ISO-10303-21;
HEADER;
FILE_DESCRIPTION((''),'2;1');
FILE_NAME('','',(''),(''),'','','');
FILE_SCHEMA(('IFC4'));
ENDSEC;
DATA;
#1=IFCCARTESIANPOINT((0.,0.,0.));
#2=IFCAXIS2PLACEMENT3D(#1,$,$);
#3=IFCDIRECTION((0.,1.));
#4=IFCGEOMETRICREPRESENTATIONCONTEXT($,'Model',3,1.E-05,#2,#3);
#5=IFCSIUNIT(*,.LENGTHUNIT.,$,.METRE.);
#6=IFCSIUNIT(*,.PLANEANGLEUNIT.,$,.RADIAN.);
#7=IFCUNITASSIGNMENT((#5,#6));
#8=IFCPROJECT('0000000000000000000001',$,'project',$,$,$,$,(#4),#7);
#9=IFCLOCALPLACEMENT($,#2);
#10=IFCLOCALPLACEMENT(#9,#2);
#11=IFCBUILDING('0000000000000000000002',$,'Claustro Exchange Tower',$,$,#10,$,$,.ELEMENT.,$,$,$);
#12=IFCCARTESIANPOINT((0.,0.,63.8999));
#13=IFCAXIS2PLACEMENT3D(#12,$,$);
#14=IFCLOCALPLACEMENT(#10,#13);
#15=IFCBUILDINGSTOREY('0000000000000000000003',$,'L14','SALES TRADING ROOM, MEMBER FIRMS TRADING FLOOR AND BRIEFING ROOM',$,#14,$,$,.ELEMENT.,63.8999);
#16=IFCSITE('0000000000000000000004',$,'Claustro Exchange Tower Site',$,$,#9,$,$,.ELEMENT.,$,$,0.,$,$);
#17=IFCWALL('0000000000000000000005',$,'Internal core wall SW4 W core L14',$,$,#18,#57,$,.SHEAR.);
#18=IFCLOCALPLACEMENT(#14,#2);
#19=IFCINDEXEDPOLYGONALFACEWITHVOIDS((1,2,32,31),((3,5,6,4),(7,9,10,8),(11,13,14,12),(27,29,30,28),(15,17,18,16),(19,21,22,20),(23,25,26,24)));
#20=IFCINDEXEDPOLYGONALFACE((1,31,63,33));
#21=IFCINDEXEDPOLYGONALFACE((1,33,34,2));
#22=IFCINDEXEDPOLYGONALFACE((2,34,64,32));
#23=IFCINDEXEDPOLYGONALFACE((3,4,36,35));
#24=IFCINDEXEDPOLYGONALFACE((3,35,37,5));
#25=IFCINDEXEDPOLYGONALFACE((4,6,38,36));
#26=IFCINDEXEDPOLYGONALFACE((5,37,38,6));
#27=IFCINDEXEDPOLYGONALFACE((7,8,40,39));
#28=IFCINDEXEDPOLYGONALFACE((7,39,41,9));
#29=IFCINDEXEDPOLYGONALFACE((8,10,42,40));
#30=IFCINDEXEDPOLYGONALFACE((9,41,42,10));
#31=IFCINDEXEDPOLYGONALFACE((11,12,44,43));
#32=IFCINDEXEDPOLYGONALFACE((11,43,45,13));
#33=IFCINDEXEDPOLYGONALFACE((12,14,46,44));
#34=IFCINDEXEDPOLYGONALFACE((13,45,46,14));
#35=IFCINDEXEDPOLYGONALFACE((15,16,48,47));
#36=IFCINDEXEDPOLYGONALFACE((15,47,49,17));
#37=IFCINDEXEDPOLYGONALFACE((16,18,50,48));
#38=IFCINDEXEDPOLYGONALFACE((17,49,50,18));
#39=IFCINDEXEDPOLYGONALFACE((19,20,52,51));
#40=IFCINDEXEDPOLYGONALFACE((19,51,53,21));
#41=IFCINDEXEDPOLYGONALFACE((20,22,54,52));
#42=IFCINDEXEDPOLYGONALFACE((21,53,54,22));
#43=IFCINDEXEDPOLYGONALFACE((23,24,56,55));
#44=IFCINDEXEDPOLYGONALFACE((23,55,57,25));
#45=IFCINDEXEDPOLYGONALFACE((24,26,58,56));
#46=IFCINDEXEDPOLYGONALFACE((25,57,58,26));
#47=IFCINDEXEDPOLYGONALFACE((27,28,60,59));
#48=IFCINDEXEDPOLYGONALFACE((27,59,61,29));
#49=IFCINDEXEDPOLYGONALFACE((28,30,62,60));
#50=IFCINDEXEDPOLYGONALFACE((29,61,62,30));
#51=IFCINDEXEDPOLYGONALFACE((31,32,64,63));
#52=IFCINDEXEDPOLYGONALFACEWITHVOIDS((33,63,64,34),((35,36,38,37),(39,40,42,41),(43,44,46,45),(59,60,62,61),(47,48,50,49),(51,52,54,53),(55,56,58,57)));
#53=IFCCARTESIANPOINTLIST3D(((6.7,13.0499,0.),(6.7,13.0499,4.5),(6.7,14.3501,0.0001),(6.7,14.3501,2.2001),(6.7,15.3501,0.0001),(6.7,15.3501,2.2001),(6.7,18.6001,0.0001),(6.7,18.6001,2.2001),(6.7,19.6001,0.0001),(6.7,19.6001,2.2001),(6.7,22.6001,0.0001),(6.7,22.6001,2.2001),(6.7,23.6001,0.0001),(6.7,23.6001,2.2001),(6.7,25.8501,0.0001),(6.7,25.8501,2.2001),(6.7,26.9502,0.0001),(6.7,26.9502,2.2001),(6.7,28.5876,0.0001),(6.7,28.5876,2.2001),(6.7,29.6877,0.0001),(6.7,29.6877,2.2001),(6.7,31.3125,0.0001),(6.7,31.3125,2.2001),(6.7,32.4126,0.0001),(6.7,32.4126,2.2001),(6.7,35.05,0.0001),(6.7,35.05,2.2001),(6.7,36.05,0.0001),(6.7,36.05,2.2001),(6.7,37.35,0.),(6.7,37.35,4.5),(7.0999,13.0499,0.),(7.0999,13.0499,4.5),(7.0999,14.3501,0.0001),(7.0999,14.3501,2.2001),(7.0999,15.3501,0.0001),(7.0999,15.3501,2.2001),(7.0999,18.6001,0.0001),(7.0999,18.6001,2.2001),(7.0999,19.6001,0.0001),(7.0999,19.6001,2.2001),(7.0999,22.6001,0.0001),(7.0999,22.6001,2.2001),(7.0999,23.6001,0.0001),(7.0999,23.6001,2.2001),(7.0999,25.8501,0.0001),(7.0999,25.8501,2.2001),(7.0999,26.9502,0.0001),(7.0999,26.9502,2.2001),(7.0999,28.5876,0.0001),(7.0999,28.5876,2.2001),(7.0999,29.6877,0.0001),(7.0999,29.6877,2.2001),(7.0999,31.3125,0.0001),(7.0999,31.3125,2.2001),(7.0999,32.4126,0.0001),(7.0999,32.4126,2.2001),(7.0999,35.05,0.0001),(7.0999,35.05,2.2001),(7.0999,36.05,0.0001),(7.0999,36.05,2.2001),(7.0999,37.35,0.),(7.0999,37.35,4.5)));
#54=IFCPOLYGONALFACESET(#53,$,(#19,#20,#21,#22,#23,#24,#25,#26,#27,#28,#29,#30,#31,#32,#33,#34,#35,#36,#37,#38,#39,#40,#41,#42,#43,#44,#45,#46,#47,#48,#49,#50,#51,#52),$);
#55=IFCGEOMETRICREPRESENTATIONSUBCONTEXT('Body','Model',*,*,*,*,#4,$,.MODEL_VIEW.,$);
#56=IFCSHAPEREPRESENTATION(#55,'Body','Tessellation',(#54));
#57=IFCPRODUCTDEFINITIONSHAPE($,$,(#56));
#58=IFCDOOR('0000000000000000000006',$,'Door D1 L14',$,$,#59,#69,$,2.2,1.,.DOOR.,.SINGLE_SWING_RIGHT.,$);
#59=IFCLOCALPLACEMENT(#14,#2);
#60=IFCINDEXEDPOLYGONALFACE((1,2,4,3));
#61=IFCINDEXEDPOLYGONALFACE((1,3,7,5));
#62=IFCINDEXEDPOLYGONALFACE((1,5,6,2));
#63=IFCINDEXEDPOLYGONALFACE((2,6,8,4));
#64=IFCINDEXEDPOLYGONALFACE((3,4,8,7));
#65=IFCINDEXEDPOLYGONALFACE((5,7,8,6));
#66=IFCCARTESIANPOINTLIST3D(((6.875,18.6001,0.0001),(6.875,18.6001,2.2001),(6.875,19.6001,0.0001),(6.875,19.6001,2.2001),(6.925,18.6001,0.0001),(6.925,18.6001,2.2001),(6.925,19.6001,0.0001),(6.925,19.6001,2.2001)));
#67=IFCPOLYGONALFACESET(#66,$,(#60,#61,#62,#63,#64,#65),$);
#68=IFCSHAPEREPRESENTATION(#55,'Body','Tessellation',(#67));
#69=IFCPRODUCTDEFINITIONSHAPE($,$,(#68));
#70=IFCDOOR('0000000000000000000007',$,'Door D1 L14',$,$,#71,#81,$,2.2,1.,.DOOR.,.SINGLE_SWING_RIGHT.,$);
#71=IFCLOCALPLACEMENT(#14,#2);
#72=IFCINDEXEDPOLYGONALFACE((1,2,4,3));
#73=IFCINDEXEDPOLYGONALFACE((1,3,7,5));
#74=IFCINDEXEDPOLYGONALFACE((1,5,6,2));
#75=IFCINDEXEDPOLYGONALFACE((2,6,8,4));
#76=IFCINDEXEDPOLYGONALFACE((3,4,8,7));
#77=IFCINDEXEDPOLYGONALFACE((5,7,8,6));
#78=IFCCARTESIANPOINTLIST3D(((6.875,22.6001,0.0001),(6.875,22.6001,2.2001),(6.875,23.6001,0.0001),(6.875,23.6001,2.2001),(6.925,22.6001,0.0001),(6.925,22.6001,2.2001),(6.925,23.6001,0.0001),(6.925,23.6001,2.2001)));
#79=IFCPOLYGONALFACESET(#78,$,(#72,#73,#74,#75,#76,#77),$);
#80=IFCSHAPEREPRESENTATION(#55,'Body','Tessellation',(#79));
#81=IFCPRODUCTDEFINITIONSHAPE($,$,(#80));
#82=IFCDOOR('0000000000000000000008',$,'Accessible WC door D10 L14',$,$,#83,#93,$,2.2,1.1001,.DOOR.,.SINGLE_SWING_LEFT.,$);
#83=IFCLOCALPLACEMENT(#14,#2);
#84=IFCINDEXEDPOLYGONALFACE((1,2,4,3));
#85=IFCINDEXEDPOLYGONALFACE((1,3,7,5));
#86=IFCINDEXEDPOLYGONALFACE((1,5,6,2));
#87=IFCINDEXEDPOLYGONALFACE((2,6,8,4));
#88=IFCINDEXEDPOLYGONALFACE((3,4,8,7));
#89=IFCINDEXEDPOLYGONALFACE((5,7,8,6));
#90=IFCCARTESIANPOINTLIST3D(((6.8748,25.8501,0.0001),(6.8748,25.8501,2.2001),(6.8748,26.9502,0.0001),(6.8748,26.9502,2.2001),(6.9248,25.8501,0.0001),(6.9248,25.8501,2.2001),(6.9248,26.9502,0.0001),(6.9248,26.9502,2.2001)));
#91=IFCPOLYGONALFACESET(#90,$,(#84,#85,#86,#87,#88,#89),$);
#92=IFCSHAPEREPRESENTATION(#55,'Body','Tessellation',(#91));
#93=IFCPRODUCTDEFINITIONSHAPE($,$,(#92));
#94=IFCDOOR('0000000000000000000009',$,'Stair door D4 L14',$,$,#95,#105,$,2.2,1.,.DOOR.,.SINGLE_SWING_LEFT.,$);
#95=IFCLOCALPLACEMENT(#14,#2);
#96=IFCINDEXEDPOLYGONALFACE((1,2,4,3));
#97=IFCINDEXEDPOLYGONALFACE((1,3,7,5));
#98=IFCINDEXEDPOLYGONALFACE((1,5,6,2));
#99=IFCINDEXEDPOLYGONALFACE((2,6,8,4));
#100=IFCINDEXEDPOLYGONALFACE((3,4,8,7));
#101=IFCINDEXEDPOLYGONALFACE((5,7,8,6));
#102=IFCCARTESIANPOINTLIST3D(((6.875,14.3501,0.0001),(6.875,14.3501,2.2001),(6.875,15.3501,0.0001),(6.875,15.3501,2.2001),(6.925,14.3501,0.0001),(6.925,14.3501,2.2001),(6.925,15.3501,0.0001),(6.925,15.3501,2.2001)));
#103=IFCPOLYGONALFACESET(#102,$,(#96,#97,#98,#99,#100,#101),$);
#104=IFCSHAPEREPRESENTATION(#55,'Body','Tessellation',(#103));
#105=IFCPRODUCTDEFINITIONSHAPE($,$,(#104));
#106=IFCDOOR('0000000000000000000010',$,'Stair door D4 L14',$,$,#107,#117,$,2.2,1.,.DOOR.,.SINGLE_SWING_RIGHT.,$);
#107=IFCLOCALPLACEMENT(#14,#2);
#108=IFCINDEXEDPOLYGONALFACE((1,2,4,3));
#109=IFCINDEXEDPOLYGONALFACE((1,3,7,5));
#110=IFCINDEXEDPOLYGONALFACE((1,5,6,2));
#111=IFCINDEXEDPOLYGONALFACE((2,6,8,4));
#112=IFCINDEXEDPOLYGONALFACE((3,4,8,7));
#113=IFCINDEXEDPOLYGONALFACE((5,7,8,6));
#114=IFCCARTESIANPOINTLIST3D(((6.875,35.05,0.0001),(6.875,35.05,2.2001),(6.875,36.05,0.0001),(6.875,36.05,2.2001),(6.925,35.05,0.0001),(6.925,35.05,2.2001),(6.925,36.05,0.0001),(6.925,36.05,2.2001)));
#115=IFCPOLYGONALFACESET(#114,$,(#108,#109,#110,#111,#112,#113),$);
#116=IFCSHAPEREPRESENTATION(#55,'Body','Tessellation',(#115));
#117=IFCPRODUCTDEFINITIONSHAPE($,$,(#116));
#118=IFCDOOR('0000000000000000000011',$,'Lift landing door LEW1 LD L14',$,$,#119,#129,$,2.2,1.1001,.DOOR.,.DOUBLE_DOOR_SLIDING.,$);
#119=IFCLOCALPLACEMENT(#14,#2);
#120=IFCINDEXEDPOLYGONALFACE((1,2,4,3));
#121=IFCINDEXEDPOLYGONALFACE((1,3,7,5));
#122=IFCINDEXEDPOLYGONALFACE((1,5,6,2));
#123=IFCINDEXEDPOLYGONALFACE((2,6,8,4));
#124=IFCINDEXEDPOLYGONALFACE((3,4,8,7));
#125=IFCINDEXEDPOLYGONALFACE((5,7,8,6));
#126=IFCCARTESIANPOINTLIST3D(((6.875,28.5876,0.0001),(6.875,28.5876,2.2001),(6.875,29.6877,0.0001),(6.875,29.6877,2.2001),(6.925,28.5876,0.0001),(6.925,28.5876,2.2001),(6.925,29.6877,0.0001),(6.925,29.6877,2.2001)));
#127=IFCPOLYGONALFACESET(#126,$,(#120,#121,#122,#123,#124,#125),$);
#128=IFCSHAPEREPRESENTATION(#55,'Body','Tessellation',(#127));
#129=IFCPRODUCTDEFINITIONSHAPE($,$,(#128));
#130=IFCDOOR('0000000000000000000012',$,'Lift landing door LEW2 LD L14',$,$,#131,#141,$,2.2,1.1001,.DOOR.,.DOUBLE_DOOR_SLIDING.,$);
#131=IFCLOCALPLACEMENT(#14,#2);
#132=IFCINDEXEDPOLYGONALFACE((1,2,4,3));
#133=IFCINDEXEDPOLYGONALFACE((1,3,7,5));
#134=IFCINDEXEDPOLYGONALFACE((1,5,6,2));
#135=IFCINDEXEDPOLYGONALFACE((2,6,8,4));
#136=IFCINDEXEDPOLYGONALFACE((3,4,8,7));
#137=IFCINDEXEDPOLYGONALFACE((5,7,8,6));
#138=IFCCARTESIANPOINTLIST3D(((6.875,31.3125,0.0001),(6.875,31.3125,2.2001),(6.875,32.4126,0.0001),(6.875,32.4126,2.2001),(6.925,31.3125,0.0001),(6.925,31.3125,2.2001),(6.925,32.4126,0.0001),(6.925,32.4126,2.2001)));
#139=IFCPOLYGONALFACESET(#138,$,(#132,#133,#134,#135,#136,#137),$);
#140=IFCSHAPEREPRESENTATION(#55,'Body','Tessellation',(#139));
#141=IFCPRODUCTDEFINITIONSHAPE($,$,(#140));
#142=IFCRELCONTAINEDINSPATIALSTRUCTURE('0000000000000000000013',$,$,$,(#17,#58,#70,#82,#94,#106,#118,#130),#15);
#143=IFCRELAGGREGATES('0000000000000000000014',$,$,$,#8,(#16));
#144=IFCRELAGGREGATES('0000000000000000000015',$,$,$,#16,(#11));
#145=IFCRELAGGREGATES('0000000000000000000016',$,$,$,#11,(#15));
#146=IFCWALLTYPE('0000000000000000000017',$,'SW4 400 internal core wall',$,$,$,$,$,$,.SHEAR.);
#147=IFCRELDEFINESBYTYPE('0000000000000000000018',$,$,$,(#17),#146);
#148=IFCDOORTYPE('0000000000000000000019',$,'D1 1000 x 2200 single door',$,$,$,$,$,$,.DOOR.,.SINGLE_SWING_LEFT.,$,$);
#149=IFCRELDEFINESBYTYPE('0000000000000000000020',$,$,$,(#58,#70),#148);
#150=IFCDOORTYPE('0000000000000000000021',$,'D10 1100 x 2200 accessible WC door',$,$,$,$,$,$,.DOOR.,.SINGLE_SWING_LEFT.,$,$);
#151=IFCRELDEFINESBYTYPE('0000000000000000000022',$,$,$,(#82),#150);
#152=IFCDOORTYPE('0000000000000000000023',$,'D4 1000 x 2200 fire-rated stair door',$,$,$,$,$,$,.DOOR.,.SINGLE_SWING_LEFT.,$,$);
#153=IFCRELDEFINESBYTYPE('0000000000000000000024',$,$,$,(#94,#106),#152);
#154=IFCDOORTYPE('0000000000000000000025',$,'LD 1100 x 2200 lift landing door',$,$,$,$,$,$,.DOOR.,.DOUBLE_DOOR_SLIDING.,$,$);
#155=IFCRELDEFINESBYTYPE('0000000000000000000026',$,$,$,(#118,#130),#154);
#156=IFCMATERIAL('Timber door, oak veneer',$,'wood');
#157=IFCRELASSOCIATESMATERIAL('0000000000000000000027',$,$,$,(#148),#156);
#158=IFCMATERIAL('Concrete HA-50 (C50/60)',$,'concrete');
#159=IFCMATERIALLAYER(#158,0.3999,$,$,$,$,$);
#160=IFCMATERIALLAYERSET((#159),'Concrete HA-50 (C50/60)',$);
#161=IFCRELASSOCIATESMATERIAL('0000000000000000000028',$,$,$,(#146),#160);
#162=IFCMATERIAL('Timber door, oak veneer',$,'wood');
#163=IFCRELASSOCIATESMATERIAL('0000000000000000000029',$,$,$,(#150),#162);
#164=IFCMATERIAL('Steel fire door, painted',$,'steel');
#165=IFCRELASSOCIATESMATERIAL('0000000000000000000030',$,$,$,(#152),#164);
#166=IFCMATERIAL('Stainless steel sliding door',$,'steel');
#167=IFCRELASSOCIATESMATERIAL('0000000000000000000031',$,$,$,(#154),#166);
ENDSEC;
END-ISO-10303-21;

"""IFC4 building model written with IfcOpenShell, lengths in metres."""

from ifc_helpers import new_model, si_unit, direction, frame, frame_2d, origin, place, context, subcontext, project, spatial, rectangle, extrude, material, layer, layer_set, type_object, element, fill, save


model = new_model("IFC4")

# Units and contexts
model_context = context("Model", 3, precision=1e-05, world=origin(), true_north=direction((0.0, 1.0)))
body_context = subcontext(model_context, "Body", "Model", "MODEL_VIEW")
ifc_project = project(units=[si_unit("LENGTHUNIT", "METRE"), si_unit("PLANEANGLEUNIT", "RADIAN")], contexts=[model_context])

# Site, building, storey
site_placement = place(None, origin())
site = spatial("IfcSite", under=ifc_project, at=site_placement, Name="Claustro Exchange Tower Site", CompositionType="ELEMENT", RefElevation=0.0)
building_placement = place(site_placement, origin())
building = spatial("IfcBuilding", under=site, at=building_placement, Name="Claustro Exchange Tower", CompositionType="ELEMENT")
storey_placement = place(building_placement, frame((0.0, 0.0, 63.8999)))
storey = spatial("IfcBuildingStorey", under=building, at=storey_placement, Name="L14", Description="SALES TRADING ROOM, MEMBER FIRMS TRADING FLOOR AND BRIEFING ROOM", CompositionType="ELEMENT", Elevation=63.8999)

# Shared definitions
ifc_material_1 = material(Name="Timber door, oak veneer", Category="wood")
door_type_1 = type_object("IfcDoorType", Name="D1 1000 x 2200 single door", OperationType="SINGLE_SWING_LEFT", PredefinedType="DOOR", material=ifc_material_1)

# Wall, openings, doors
ifc_material_2 = material(Name="Concrete HA-50 (C50/60)", Category="concrete")
ifc_layer_1 = layer(ifc_material_2, 0.3999)
ifc_layer_set_1 = layer_set([ifc_layer_1], Name="Concrete HA-50 (C50/60)")
wall_type_1 = type_object("IfcWallType", Name="SW4 400 internal core wall", PredefinedType="SHEAR", material=ifc_layer_set_1)
wall_1_placement = place(storey_placement, frame((6.8999, 13.05, 0.0), z_axis=(0.0, 0.0, 1.0), x_axis=(0.0, 1.0, 0.0)))
wall_1 = element("IfcWall", 1, at=wall_1_placement, inside=storey, type_object=wall_type_1, Name="Internal core wall SW4 W core L14", PredefinedType="SHEAR", context=body_context, shape_type="SweptSolid", body=[
    extrude(rectangle(XDim=24.3, YDim=0.3999, at=frame_2d((12.1499, 0.0))), origin(), (0.0, 0.0, 1.0), 4.5),
])
opening_1_placement = place(wall_1_placement, frame((1.3, 0.0, 0.0)))
opening_1 = element("IfcOpeningElement", 2, at=opening_1_placement, cuts=wall_1, PredefinedType="OPENING", context=body_context, shape_type="SweptSolid", body=[
    extrude(rectangle(XDim=1.0, YDim=2.2, at=frame_2d((0.5, 1.1001))), frame((0.0, 0.21, 0.0), z_axis=(0.0, -1.0, 0.0), x_axis=(1.0, 0.0, 0.0)), (0.0, 0.0, 1.0), 0.4199),
])
opening_2_placement = place(wall_1_placement, frame((22.0, 0.0, 0.0)))
opening_2 = element("IfcOpeningElement", 3, at=opening_2_placement, cuts=wall_1, PredefinedType="OPENING", context=body_context, shape_type="SweptSolid", body=[
    extrude(rectangle(XDim=1.0, YDim=2.2, at=frame_2d((0.5, 1.1001))), frame((0.0, 0.21, 0.0), z_axis=(0.0, -1.0, 0.0), x_axis=(1.0, 0.0, 0.0)), (0.0, 0.0, 1.0), 0.4199),
])
opening_3_placement = place(wall_1_placement, frame((5.55, 0.0, 0.0)))
opening_3 = element("IfcOpeningElement", 4, at=opening_3_placement, cuts=wall_1, PredefinedType="OPENING", context=body_context, shape_type="SweptSolid", body=[
    extrude(rectangle(XDim=1.0, YDim=2.2, at=frame_2d((0.5, 1.1001))), frame((0.0, 0.21, 0.0), z_axis=(0.0, -1.0, 0.0), x_axis=(1.0, 0.0, 0.0)), (0.0, 0.0, 1.0), 0.4199),
])
opening_4_placement = place(wall_1_placement, frame((9.55, 0.0, 0.0)))
opening_4 = element("IfcOpeningElement", 5, at=opening_4_placement, cuts=wall_1, PredefinedType="OPENING", context=body_context, shape_type="SweptSolid", body=[
    extrude(rectangle(XDim=1.0, YDim=2.2, at=frame_2d((0.5, 1.1001))), frame((0.0, 0.21, 0.0), z_axis=(0.0, -1.0, 0.0), x_axis=(1.0, 0.0, 0.0)), (0.0, 0.0, 1.0), 0.4199),
])
opening_5_placement = place(wall_1_placement, frame((12.8, 0.0, 0.0)))
opening_5 = element("IfcOpeningElement", 6, at=opening_5_placement, cuts=wall_1, PredefinedType="OPENING", context=body_context, shape_type="SweptSolid", body=[
    extrude(rectangle(XDim=1.1001, YDim=2.2, at=frame_2d((0.55, 1.1001))), frame((0.0, 0.21, 0.0), z_axis=(0.0, -1.0, 0.0), x_axis=(1.0, 0.0, 0.0)), (0.0, 0.0, 1.0), 0.4199),
])
opening_6_placement = place(wall_1_placement, frame((15.5376, 0.0, 0.0)))
opening_6 = element("IfcOpeningElement", 7, at=opening_6_placement, cuts=wall_1, PredefinedType="OPENING", context=body_context, shape_type="SweptSolid", body=[
    extrude(rectangle(XDim=1.1001, YDim=2.2, at=frame_2d((0.55, 1.1001))), frame((0.0, 0.21, 0.0), z_axis=(0.0, -1.0, 0.0), x_axis=(1.0, 0.0, 0.0)), (0.0, 0.0, 1.0), 0.4199),
])
opening_7_placement = place(wall_1_placement, frame((18.2625, 0.0, 0.0)))
opening_7 = element("IfcOpeningElement", 8, at=opening_7_placement, cuts=wall_1, PredefinedType="OPENING", context=body_context, shape_type="SweptSolid", body=[
    extrude(rectangle(XDim=1.1001, YDim=2.2, at=frame_2d((0.55, 1.1001))), frame((0.0, 0.21, 0.0), z_axis=(0.0, -1.0, 0.0), x_axis=(1.0, 0.0, 0.0)), (0.0, 0.0, 1.0), 0.4199),
])
door_1_placement = place(opening_3_placement, origin())
door_1 = element("IfcDoor", 9, at=door_1_placement, inside=storey, type_object=door_type_1, Name="Door D1 L14", OperationType="SINGLE_SWING_RIGHT", OverallHeight=2.2, OverallWidth=1.0, PredefinedType="DOOR", context=body_context, shape_type="SweptSolid", body=[
    extrude(rectangle(XDim=1.0, YDim=2.2, at=frame_2d((0.5, 1.1001))), frame((0.0, 0.0249, 0.0), z_axis=(0.0, -1.0, 0.0), x_axis=(1.0, 0.0, 0.0)), (0.0, 0.0, 1.0), 0.05),
])
fill(opening_3, door_1)
door_2_placement = place(opening_4_placement, origin())
door_2 = element("IfcDoor", 10, at=door_2_placement, inside=storey, type_object=door_type_1, Name="Door D1 L14", OperationType="SINGLE_SWING_RIGHT", OverallHeight=2.2, OverallWidth=1.0, PredefinedType="DOOR", context=body_context, shape_type="SweptSolid", body=[
    extrude(rectangle(XDim=1.0, YDim=2.2, at=frame_2d((0.5, 1.1001))), frame((0.0, 0.0249, 0.0), z_axis=(0.0, -1.0, 0.0), x_axis=(1.0, 0.0, 0.0)), (0.0, 0.0, 1.0), 0.05),
])
fill(opening_4, door_2)
ifc_material_3 = material(Name="Timber door, oak veneer", Category="wood")
door_type_2 = type_object("IfcDoorType", Name="D10 1100 x 2200 accessible WC door", OperationType="SINGLE_SWING_LEFT", PredefinedType="DOOR", material=ifc_material_3)
door_3_placement = place(opening_5_placement, frame((1.1001, 0.0, 0.0), z_axis=(0.0, 0.0, 1.0), x_axis=(-1.0, 0.0, 0.0)))
door_3 = element("IfcDoor", 11, at=door_3_placement, inside=storey, type_object=door_type_2, Name="Accessible WC door D10 L14", OperationType="SINGLE_SWING_LEFT", OverallHeight=2.2, OverallWidth=1.1001, PredefinedType="DOOR", context=body_context, shape_type="SweptSolid", body=[
    extrude(rectangle(XDim=1.1001, YDim=2.2, at=frame_2d((0.55, 1.1001))), frame((0.0, 0.0249, 0.0), z_axis=(0.0, -1.0, 0.0), x_axis=(1.0, 0.0, 0.0)), (0.0, 0.0, 1.0), 0.05),
])
fill(opening_5, door_3)
ifc_material_4 = material(Name="Steel fire door, painted", Category="steel")
door_type_3 = type_object("IfcDoorType", Name="D4 1000 x 2200 fire-rated stair door", OperationType="SINGLE_SWING_LEFT", PredefinedType="DOOR", material=ifc_material_4)
door_4_placement = place(opening_1_placement, origin())
door_4 = element("IfcDoor", 12, at=door_4_placement, inside=storey, type_object=door_type_3, Name="Stair door D4 L14", OperationType="SINGLE_SWING_LEFT", OverallHeight=2.2, OverallWidth=1.0, PredefinedType="DOOR", context=body_context, shape_type="SweptSolid", body=[
    extrude(rectangle(XDim=1.0, YDim=2.2, at=frame_2d((0.5, 1.1001))), frame((0.0, 0.0249, 0.0), z_axis=(0.0, -1.0, 0.0), x_axis=(1.0, 0.0, 0.0)), (0.0, 0.0, 1.0), 0.05),
])
fill(opening_1, door_4)
door_5_placement = place(opening_2_placement, origin())
door_5 = element("IfcDoor", 13, at=door_5_placement, inside=storey, type_object=door_type_3, Name="Stair door D4 L14", OperationType="SINGLE_SWING_RIGHT", OverallHeight=2.2, OverallWidth=1.0, PredefinedType="DOOR", context=body_context, shape_type="SweptSolid", body=[
    extrude(rectangle(XDim=1.0, YDim=2.2, at=frame_2d((0.5, 1.1001))), frame((0.0, 0.0249, 0.0), z_axis=(0.0, -1.0, 0.0), x_axis=(1.0, 0.0, 0.0)), (0.0, 0.0, 1.0), 0.05),
])
fill(opening_2, door_5)
ifc_material_5 = material(Name="Stainless steel sliding door", Category="steel")
door_type_4 = type_object("IfcDoorType", Name="LD 1100 x 2200 lift landing door", OperationType="DOUBLE_DOOR_SLIDING", PredefinedType="DOOR", material=ifc_material_5)
door_6_placement = place(opening_6_placement, origin())
door_6 = element("IfcDoor", 14, at=door_6_placement, inside=storey, type_object=door_type_4, Name="Lift landing door LEW1 LD L14", OperationType="DOUBLE_DOOR_SLIDING", OverallHeight=2.2, OverallWidth=1.1001, PredefinedType="DOOR", context=body_context, shape_type="SweptSolid", body=[
    extrude(rectangle(XDim=1.1001, YDim=2.2, at=frame_2d((0.55, 1.1001))), frame((0.0, 0.0249, 0.0), z_axis=(0.0, -1.0, 0.0), x_axis=(1.0, 0.0, 0.0)), (0.0, 0.0, 1.0), 0.05),
])
fill(opening_6, door_6)
door_7_placement = place(opening_7_placement, origin())
door_7 = element("IfcDoor", 15, at=door_7_placement, inside=storey, type_object=door_type_4, Name="Lift landing door LEW2 LD L14", OperationType="DOUBLE_DOOR_SLIDING", OverallHeight=2.2, OverallWidth=1.1001, PredefinedType="DOOR", context=body_context, shape_type="SweptSolid", body=[
    extrude(rectangle(XDim=1.1001, YDim=2.2, at=frame_2d((0.55, 1.1001))), frame((0.0, 0.0249, 0.0), z_axis=(0.0, -1.0, 0.0), x_axis=(1.0, 0.0, 0.0)), (0.0, 0.0, 1.0), 0.05),
])
fill(opening_7, door_7)

save(model, "model.ifc")
